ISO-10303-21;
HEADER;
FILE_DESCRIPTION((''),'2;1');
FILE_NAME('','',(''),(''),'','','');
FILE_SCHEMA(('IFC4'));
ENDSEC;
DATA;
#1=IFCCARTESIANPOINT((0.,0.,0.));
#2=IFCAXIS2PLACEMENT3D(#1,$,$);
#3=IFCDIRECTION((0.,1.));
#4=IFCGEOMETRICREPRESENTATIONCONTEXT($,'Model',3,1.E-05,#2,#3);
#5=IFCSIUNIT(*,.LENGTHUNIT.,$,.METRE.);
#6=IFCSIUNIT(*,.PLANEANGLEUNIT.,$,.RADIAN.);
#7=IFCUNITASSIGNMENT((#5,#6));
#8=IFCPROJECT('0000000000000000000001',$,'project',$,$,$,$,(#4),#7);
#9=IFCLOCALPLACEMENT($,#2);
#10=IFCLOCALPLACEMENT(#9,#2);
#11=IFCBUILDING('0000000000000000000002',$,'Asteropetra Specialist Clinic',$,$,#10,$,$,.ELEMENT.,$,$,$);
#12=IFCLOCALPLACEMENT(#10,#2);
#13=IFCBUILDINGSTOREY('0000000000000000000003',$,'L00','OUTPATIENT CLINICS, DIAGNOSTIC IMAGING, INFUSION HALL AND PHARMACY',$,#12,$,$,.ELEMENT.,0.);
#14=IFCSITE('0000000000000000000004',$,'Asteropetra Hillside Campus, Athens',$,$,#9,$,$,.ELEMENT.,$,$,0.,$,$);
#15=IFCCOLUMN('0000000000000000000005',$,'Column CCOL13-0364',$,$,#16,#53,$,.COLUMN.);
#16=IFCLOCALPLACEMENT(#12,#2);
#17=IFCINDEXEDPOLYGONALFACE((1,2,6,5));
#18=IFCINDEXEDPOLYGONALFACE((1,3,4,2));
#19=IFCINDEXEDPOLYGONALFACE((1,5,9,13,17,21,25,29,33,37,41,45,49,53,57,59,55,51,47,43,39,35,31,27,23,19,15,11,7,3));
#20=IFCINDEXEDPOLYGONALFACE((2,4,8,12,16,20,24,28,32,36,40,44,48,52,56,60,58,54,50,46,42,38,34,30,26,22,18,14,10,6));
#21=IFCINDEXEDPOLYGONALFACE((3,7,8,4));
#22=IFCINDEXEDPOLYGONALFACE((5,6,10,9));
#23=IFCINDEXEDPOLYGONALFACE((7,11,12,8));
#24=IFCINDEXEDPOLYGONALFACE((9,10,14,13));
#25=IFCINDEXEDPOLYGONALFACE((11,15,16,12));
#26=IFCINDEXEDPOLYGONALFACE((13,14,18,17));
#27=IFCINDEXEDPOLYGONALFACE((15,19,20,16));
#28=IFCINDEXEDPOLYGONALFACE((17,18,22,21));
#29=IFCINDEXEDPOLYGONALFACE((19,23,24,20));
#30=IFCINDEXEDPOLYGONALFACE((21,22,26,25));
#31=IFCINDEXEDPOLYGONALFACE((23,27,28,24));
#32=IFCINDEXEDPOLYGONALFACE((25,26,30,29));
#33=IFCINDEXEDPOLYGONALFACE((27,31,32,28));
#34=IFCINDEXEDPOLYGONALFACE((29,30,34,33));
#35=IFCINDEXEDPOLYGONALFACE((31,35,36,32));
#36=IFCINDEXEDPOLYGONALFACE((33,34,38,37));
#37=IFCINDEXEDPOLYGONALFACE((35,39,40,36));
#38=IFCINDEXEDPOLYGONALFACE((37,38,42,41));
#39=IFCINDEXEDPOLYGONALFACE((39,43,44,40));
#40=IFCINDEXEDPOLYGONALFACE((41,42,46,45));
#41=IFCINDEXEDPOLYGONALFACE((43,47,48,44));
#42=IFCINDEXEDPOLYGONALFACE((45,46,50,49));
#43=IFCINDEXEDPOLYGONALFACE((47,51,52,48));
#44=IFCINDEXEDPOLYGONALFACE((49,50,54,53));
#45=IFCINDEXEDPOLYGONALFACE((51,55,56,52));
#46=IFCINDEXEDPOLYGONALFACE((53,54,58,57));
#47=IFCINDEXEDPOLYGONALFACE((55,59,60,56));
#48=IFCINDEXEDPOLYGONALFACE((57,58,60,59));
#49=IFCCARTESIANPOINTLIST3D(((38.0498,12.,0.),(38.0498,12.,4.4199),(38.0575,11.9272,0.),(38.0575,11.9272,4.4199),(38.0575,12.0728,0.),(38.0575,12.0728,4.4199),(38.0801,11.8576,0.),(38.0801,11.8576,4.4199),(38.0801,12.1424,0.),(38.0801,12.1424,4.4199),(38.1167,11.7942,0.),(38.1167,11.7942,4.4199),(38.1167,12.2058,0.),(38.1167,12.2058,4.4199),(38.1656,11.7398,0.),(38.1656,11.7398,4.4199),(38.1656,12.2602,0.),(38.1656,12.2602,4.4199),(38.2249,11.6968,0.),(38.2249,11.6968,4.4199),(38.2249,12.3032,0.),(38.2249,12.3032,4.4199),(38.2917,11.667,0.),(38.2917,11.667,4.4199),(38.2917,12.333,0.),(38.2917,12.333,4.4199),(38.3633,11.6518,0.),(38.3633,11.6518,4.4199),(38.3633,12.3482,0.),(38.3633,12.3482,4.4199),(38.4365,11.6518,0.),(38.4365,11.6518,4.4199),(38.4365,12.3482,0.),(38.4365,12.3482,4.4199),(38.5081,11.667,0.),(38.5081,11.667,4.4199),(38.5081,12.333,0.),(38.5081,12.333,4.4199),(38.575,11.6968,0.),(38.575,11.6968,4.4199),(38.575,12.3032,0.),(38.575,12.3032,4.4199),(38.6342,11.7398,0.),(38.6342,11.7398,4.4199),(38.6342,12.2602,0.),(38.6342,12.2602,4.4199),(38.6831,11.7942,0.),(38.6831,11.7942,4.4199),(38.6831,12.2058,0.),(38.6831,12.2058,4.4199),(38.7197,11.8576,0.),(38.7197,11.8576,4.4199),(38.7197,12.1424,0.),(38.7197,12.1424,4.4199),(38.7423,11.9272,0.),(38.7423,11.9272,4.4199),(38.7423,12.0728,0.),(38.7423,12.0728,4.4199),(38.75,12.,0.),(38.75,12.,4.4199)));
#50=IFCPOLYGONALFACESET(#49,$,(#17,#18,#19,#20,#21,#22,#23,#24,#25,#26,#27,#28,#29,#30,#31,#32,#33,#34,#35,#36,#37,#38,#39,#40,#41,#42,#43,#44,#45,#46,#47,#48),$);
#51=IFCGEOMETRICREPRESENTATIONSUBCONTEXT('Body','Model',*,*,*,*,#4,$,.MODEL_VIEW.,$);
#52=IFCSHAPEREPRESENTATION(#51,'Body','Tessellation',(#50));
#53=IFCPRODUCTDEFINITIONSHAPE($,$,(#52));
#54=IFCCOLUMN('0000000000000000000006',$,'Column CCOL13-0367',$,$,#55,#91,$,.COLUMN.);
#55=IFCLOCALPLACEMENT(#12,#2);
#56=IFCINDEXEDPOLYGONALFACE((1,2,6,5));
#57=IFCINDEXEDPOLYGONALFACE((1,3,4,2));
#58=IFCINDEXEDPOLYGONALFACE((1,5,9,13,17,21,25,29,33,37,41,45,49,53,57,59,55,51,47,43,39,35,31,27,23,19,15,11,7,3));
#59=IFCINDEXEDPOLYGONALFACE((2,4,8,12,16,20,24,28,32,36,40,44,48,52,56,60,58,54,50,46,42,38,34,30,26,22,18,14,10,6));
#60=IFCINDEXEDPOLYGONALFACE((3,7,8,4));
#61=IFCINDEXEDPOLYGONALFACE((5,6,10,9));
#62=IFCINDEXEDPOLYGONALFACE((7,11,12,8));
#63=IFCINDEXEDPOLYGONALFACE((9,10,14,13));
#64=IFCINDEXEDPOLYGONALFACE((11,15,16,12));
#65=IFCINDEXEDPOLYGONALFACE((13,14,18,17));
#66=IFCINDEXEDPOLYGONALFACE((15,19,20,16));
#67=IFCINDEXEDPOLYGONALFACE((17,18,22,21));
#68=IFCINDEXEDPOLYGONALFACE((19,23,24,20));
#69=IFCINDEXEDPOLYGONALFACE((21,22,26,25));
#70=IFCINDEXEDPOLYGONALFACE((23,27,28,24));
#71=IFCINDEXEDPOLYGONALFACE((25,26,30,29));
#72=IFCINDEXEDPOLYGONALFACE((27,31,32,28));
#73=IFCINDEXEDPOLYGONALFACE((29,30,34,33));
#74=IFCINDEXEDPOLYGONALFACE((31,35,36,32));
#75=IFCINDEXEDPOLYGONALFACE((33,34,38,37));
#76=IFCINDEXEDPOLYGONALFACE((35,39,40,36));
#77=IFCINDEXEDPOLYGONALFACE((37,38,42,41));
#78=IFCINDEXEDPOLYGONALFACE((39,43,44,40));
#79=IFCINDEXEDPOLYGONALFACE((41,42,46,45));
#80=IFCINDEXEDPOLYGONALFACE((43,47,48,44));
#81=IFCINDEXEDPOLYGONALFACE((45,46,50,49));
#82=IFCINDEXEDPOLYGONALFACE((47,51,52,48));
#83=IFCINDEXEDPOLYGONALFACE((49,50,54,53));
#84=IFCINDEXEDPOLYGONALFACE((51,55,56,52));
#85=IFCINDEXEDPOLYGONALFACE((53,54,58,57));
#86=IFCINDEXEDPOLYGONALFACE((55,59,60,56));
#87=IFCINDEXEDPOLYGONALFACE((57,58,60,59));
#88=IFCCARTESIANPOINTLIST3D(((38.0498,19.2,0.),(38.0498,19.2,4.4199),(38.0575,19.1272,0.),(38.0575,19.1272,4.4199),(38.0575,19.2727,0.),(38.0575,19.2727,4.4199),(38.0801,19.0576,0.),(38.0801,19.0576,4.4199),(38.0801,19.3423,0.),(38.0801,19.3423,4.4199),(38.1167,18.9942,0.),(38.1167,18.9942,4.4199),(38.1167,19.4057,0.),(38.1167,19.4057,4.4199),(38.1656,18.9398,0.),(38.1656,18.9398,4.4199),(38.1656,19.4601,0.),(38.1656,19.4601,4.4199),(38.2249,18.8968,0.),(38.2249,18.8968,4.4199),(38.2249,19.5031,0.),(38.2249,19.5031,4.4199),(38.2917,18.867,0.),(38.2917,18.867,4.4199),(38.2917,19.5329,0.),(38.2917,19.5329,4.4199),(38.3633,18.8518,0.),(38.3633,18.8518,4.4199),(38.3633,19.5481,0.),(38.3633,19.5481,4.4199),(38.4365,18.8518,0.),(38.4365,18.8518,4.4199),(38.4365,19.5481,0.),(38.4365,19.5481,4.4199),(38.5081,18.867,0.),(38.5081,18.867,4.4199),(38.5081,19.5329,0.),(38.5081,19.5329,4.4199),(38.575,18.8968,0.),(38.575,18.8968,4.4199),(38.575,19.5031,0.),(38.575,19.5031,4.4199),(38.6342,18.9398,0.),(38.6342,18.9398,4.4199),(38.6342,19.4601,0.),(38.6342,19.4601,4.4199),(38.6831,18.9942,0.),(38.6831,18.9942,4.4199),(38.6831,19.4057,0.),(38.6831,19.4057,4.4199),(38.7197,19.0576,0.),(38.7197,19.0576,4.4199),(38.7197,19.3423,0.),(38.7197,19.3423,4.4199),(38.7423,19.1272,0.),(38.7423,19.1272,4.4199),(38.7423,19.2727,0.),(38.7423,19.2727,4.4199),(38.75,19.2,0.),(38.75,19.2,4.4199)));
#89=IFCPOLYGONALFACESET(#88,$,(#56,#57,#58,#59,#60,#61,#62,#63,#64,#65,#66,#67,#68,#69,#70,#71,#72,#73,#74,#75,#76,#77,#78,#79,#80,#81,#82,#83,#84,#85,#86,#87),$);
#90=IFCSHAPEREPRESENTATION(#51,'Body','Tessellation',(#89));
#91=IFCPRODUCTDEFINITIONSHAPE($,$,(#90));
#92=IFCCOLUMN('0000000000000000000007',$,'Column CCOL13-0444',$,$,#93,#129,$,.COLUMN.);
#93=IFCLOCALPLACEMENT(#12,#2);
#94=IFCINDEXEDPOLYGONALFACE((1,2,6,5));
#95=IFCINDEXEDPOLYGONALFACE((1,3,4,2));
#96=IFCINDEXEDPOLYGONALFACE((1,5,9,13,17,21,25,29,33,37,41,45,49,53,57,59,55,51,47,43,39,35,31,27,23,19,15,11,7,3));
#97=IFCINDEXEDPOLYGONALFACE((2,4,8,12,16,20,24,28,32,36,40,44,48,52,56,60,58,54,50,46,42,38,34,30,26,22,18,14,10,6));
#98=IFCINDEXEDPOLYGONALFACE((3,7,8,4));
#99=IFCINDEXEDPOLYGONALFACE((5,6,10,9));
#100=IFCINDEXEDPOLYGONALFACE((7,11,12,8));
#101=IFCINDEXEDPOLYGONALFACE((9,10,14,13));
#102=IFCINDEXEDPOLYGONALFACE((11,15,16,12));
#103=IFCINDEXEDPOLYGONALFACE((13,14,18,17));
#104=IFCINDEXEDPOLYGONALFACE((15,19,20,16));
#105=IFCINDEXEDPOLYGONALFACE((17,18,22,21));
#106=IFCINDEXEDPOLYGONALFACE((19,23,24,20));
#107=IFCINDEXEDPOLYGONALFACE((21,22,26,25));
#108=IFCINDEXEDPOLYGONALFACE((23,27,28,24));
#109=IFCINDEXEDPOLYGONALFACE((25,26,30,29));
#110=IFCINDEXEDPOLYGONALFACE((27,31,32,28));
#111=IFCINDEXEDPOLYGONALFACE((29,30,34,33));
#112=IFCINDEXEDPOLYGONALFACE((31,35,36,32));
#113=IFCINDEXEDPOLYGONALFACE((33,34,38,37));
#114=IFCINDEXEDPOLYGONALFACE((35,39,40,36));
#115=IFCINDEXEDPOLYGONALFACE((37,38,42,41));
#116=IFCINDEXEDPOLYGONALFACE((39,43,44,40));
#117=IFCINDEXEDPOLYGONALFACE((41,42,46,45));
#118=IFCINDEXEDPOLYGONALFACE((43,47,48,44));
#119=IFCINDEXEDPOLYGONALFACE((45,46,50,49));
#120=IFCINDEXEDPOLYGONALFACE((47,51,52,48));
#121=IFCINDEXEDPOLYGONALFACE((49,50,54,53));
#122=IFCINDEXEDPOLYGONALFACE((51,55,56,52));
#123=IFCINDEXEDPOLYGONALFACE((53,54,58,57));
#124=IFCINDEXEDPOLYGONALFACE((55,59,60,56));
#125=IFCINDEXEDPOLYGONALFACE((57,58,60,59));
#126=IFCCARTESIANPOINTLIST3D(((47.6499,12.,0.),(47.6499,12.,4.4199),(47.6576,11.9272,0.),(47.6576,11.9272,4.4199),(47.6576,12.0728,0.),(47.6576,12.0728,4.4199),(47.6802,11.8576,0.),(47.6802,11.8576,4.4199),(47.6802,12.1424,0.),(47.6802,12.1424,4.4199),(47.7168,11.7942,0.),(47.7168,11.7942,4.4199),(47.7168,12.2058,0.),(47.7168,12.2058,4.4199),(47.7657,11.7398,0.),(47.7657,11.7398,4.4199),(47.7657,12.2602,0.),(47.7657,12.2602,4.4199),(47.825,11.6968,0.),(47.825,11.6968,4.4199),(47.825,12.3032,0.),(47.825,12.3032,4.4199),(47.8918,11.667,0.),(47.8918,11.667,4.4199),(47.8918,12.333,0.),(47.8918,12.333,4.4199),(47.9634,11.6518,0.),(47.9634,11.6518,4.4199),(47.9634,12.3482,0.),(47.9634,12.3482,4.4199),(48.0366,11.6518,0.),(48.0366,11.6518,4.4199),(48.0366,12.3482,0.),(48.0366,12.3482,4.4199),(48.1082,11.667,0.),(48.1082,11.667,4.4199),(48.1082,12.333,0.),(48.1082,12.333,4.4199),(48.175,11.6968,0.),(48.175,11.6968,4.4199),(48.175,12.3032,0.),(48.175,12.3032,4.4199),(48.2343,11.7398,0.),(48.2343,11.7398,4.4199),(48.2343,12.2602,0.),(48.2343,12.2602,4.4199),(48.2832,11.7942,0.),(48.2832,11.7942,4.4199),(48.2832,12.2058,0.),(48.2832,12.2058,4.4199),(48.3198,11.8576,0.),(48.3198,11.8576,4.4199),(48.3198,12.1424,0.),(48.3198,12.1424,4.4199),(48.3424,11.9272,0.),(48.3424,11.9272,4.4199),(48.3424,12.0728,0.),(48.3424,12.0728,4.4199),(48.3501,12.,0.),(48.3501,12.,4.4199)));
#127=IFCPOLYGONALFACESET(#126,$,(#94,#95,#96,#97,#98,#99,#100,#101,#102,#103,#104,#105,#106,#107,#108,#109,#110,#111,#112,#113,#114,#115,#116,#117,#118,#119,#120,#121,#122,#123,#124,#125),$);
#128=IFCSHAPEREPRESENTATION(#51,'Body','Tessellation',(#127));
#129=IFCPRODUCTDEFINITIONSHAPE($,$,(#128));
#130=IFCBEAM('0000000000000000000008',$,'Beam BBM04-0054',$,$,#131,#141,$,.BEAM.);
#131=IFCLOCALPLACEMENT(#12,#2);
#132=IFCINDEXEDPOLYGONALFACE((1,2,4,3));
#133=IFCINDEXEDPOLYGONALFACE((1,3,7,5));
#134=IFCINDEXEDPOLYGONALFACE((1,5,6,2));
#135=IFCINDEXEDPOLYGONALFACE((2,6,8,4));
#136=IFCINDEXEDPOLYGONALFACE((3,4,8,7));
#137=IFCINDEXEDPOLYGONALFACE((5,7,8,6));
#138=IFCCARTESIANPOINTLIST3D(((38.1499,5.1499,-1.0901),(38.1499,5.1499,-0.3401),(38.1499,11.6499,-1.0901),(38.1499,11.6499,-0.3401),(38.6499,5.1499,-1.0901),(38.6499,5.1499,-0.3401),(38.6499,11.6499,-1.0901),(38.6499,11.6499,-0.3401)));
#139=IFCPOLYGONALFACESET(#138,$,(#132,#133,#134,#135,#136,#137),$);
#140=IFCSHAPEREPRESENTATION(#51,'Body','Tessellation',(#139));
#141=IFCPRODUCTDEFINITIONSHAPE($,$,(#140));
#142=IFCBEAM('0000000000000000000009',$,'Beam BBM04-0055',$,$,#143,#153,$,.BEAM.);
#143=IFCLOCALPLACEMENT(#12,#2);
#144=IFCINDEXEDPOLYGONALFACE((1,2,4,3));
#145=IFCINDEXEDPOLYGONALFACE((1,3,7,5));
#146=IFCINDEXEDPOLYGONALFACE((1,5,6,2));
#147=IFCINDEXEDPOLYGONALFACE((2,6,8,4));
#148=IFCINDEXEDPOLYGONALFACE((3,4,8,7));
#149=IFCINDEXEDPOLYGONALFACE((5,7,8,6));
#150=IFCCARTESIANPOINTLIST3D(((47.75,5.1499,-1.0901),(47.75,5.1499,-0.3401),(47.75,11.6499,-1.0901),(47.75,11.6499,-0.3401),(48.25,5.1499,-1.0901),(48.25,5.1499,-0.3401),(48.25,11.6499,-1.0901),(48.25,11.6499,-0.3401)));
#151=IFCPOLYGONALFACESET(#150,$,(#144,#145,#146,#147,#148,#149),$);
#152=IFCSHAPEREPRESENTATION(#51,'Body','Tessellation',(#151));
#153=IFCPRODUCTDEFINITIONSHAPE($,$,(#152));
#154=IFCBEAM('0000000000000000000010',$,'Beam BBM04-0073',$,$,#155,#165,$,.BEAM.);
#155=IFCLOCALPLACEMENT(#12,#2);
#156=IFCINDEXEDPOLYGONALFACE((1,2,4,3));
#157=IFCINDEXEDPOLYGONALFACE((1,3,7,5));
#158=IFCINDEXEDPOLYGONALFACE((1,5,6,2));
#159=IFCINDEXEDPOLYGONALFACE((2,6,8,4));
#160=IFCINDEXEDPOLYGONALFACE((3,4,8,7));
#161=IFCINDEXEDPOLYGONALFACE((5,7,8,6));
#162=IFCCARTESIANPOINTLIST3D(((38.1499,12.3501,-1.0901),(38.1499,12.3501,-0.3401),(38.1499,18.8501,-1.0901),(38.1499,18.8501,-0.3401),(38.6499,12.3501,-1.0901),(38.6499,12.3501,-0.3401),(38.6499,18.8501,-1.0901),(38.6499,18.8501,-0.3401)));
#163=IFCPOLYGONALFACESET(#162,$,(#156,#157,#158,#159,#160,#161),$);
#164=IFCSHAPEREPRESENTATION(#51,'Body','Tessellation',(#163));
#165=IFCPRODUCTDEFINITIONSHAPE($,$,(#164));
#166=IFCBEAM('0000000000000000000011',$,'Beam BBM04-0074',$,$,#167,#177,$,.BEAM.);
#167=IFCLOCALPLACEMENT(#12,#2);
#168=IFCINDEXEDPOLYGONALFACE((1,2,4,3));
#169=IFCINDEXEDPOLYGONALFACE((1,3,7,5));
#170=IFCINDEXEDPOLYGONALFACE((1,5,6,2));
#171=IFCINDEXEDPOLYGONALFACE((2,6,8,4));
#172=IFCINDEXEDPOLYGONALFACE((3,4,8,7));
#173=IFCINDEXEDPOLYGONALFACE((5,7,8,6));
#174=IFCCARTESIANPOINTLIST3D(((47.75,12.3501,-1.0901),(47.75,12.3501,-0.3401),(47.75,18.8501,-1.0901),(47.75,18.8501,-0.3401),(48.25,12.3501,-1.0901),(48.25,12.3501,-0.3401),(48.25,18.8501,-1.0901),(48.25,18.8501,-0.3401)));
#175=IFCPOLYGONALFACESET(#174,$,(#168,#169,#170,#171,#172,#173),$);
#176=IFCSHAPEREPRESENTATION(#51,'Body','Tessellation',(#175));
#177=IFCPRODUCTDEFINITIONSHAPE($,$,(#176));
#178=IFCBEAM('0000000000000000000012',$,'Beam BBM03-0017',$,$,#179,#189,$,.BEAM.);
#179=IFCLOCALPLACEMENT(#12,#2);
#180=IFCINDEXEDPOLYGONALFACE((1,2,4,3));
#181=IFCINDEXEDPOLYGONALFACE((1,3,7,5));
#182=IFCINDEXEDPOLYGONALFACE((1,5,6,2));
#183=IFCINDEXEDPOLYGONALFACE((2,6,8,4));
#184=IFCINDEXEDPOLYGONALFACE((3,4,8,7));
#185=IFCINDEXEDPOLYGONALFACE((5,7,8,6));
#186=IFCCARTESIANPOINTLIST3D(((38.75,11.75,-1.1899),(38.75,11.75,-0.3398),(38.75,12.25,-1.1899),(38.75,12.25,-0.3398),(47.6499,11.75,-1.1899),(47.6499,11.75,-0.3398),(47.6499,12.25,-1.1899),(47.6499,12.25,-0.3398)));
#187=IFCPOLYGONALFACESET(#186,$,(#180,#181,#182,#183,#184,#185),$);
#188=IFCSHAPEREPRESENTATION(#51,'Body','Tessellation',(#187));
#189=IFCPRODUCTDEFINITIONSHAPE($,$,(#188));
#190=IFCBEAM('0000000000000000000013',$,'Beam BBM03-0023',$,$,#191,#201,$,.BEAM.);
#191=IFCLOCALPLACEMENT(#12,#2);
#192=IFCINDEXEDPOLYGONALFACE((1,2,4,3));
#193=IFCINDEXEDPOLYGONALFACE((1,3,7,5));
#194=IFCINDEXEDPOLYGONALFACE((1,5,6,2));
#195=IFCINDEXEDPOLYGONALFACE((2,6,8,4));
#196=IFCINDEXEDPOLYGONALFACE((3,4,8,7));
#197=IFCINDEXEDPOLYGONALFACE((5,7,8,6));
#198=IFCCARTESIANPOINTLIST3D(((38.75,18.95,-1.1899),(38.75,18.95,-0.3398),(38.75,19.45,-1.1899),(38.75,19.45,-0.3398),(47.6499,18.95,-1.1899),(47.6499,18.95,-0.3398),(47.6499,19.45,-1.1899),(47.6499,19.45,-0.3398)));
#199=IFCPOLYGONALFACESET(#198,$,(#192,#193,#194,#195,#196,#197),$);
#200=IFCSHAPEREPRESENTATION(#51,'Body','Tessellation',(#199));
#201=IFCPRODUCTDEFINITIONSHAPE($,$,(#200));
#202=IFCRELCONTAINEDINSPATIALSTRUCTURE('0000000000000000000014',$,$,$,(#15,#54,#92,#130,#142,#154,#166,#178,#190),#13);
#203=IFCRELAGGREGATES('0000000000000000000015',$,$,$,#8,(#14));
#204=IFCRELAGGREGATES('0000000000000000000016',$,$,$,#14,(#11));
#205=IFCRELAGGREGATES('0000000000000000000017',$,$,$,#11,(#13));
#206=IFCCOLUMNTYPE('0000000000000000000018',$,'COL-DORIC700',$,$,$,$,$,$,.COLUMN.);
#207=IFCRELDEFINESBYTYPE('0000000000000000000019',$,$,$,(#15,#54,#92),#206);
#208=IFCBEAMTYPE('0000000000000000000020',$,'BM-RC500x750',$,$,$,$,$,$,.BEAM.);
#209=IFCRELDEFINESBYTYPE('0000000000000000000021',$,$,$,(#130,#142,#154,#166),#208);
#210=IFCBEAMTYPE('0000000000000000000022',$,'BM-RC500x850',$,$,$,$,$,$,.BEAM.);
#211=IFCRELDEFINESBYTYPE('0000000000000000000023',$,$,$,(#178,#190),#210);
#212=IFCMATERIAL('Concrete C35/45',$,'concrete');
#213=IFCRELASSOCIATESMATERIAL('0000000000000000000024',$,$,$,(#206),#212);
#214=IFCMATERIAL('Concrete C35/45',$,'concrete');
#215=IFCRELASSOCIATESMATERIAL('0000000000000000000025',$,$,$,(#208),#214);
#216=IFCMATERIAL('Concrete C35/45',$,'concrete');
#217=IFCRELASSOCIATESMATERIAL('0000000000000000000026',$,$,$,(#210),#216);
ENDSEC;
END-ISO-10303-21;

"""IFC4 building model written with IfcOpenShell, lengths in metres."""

from ifc_helpers import new_model, si_unit, direction, frame, origin, origin_2d, place, context, subcontext, project, spatial, rectangle, circle, extrude, material, material_profile, profile_set, type_object, element, save


model = new_model("IFC4")

# Units and contexts
model_context = context("Model", 3, precision=1e-05, world=origin(), true_north=direction((0.0, 1.0)))
body_context = subcontext(model_context, "Body", "Model", "MODEL_VIEW")
ifc_project = project(units=[si_unit("LENGTHUNIT", "METRE"), si_unit("PLANEANGLEUNIT", "RADIAN")], contexts=[model_context])

# Site, building, storey
site_placement = place(None, origin())
site = spatial("IfcSite", under=ifc_project, at=site_placement, Name="Asteropetra Hillside Campus, Athens", CompositionType="ELEMENT", RefElevation=0.0)
building_placement = place(site_placement, origin())
building = spatial("IfcBuilding", under=site, at=building_placement, Name="Asteropetra Specialist Clinic", CompositionType="ELEMENT")
storey_placement = place(building_placement, origin())
storey = spatial("IfcBuildingStorey", under=building, at=storey_placement, Name="L00", Description="OUTPATIENT CLINICS, DIAGNOSTIC IMAGING, INFUSION HALL AND PHARMACY", CompositionType="ELEMENT", Elevation=0.0)

# Columns
ifc_material_1 = material(Name="Concrete C35/45", Category="concrete")
ifc_material_profile_1 = material_profile(ifc_material_1, circle(Radius=0.3501, at=origin_2d()), Name="RCC D700")
ifc_profile_set_1 = profile_set([ifc_material_profile_1], Name="Concrete C35/45")
column_type = type_object("IfcColumnType", Name="COL-DORIC700", PredefinedType="COLUMN", material=ifc_profile_set_1)
for number, where, z_axis, x_axis, name in (
    (1, (38.3999, 12.0, 0.0), (0.0, 0.0, 1.0), (1.0, 0.0, 0.0), "Column CCOL13-0364"),
    (2, (38.3999, 19.2, 0.0), (0.0, 0.0, 1.0), (1.0, 0.0, 0.0), "Column CCOL13-0367"),
    (3, (48.0, 12.0, 0.0), (0.0, 0.0, 1.0), (1.0, 0.0, 0.0), "Column CCOL13-0444"),
):
    element("IfcColumn", number, at=place(storey_placement, frame(where, z_axis=z_axis, x_axis=x_axis)), inside=storey, type_object=column_type, Name=name, PredefinedType="COLUMN", context=body_context, shape_type="SweptSolid", body=[
        extrude(circle(Radius=0.3501, at=origin_2d()), origin(), (0.0, 0.0, 1.0), 4.4199),
    ])

# Beams
ifc_material_2 = material(Name="Concrete C35/45", Category="concrete")
ifc_material_profile_2 = material_profile(ifc_material_2, rectangle(XDim=0.5, YDim=0.75, at=origin_2d()), Name="RCB 500x750")
ifc_profile_set_2 = profile_set([ifc_material_profile_2], Name="Concrete C35/45")
beam_type_1 = type_object("IfcBeamType", Name="BM-RC500x750", PredefinedType="BEAM", material=ifc_profile_set_2)
for number, where, z_axis, x_axis, name in (
    (4, (38.3999, 5.1499, -0.7151), (0.0, 1.0, 0.0), (-1.0, 0.0, 0.0), "Beam BBM04-0054"),
    (5, (48.0, 5.1499, -0.7151), (0.0, 1.0, 0.0), (-1.0, 0.0, 0.0), "Beam BBM04-0055"),
    (6, (38.3999, 12.3501, -0.7151), (0.0, 1.0, 0.0), (-1.0, 0.0, 0.0), "Beam BBM04-0073"),
    (7, (48.0, 12.3501, -0.7151), (0.0, 1.0, 0.0), (-1.0, 0.0, 0.0), "Beam BBM04-0074"),
):
    element("IfcBeam", number, at=place(storey_placement, frame(where, z_axis=z_axis, x_axis=x_axis)), inside=storey, type_object=beam_type_1, Name=name, PredefinedType="BEAM", context=body_context, shape_type="SweptSolid", body=[
        extrude(rectangle(XDim=0.5, YDim=0.75, at=origin_2d()), origin(), (0.0, 0.0, 1.0), 6.5),
    ])
ifc_material_3 = material(Name="Concrete C35/45", Category="concrete")
ifc_material_profile_3 = material_profile(ifc_material_3, rectangle(XDim=0.5, YDim=0.8501, at=origin_2d()), Name="RCB 500x850")
ifc_profile_set_3 = profile_set([ifc_material_profile_3], Name="Concrete C35/45")
beam_type_2 = type_object("IfcBeamType", Name="BM-RC500x850", PredefinedType="BEAM", material=ifc_profile_set_3)
for number, where, z_axis, x_axis, name in (
    (8, (38.75, 12.0, -0.7649), (1.0, 0.0, 0.0), (0.0, 1.0, 0.0), "Beam BBM03-0017"),
    (9, (38.75, 19.2, -0.7649), (1.0, 0.0, 0.0), (0.0, 1.0, 0.0), "Beam BBM03-0023"),
):
    element("IfcBeam", number, at=place(storey_placement, frame(where, z_axis=z_axis, x_axis=x_axis)), inside=storey, type_object=beam_type_2, Name=name, PredefinedType="BEAM", context=body_context, shape_type="SweptSolid", body=[
        extrude(rectangle(XDim=0.5, YDim=0.8501, at=origin_2d()), origin(), (0.0, 0.0, 1.0), 8.8999),
    ])

save(model, "model.ifc")
